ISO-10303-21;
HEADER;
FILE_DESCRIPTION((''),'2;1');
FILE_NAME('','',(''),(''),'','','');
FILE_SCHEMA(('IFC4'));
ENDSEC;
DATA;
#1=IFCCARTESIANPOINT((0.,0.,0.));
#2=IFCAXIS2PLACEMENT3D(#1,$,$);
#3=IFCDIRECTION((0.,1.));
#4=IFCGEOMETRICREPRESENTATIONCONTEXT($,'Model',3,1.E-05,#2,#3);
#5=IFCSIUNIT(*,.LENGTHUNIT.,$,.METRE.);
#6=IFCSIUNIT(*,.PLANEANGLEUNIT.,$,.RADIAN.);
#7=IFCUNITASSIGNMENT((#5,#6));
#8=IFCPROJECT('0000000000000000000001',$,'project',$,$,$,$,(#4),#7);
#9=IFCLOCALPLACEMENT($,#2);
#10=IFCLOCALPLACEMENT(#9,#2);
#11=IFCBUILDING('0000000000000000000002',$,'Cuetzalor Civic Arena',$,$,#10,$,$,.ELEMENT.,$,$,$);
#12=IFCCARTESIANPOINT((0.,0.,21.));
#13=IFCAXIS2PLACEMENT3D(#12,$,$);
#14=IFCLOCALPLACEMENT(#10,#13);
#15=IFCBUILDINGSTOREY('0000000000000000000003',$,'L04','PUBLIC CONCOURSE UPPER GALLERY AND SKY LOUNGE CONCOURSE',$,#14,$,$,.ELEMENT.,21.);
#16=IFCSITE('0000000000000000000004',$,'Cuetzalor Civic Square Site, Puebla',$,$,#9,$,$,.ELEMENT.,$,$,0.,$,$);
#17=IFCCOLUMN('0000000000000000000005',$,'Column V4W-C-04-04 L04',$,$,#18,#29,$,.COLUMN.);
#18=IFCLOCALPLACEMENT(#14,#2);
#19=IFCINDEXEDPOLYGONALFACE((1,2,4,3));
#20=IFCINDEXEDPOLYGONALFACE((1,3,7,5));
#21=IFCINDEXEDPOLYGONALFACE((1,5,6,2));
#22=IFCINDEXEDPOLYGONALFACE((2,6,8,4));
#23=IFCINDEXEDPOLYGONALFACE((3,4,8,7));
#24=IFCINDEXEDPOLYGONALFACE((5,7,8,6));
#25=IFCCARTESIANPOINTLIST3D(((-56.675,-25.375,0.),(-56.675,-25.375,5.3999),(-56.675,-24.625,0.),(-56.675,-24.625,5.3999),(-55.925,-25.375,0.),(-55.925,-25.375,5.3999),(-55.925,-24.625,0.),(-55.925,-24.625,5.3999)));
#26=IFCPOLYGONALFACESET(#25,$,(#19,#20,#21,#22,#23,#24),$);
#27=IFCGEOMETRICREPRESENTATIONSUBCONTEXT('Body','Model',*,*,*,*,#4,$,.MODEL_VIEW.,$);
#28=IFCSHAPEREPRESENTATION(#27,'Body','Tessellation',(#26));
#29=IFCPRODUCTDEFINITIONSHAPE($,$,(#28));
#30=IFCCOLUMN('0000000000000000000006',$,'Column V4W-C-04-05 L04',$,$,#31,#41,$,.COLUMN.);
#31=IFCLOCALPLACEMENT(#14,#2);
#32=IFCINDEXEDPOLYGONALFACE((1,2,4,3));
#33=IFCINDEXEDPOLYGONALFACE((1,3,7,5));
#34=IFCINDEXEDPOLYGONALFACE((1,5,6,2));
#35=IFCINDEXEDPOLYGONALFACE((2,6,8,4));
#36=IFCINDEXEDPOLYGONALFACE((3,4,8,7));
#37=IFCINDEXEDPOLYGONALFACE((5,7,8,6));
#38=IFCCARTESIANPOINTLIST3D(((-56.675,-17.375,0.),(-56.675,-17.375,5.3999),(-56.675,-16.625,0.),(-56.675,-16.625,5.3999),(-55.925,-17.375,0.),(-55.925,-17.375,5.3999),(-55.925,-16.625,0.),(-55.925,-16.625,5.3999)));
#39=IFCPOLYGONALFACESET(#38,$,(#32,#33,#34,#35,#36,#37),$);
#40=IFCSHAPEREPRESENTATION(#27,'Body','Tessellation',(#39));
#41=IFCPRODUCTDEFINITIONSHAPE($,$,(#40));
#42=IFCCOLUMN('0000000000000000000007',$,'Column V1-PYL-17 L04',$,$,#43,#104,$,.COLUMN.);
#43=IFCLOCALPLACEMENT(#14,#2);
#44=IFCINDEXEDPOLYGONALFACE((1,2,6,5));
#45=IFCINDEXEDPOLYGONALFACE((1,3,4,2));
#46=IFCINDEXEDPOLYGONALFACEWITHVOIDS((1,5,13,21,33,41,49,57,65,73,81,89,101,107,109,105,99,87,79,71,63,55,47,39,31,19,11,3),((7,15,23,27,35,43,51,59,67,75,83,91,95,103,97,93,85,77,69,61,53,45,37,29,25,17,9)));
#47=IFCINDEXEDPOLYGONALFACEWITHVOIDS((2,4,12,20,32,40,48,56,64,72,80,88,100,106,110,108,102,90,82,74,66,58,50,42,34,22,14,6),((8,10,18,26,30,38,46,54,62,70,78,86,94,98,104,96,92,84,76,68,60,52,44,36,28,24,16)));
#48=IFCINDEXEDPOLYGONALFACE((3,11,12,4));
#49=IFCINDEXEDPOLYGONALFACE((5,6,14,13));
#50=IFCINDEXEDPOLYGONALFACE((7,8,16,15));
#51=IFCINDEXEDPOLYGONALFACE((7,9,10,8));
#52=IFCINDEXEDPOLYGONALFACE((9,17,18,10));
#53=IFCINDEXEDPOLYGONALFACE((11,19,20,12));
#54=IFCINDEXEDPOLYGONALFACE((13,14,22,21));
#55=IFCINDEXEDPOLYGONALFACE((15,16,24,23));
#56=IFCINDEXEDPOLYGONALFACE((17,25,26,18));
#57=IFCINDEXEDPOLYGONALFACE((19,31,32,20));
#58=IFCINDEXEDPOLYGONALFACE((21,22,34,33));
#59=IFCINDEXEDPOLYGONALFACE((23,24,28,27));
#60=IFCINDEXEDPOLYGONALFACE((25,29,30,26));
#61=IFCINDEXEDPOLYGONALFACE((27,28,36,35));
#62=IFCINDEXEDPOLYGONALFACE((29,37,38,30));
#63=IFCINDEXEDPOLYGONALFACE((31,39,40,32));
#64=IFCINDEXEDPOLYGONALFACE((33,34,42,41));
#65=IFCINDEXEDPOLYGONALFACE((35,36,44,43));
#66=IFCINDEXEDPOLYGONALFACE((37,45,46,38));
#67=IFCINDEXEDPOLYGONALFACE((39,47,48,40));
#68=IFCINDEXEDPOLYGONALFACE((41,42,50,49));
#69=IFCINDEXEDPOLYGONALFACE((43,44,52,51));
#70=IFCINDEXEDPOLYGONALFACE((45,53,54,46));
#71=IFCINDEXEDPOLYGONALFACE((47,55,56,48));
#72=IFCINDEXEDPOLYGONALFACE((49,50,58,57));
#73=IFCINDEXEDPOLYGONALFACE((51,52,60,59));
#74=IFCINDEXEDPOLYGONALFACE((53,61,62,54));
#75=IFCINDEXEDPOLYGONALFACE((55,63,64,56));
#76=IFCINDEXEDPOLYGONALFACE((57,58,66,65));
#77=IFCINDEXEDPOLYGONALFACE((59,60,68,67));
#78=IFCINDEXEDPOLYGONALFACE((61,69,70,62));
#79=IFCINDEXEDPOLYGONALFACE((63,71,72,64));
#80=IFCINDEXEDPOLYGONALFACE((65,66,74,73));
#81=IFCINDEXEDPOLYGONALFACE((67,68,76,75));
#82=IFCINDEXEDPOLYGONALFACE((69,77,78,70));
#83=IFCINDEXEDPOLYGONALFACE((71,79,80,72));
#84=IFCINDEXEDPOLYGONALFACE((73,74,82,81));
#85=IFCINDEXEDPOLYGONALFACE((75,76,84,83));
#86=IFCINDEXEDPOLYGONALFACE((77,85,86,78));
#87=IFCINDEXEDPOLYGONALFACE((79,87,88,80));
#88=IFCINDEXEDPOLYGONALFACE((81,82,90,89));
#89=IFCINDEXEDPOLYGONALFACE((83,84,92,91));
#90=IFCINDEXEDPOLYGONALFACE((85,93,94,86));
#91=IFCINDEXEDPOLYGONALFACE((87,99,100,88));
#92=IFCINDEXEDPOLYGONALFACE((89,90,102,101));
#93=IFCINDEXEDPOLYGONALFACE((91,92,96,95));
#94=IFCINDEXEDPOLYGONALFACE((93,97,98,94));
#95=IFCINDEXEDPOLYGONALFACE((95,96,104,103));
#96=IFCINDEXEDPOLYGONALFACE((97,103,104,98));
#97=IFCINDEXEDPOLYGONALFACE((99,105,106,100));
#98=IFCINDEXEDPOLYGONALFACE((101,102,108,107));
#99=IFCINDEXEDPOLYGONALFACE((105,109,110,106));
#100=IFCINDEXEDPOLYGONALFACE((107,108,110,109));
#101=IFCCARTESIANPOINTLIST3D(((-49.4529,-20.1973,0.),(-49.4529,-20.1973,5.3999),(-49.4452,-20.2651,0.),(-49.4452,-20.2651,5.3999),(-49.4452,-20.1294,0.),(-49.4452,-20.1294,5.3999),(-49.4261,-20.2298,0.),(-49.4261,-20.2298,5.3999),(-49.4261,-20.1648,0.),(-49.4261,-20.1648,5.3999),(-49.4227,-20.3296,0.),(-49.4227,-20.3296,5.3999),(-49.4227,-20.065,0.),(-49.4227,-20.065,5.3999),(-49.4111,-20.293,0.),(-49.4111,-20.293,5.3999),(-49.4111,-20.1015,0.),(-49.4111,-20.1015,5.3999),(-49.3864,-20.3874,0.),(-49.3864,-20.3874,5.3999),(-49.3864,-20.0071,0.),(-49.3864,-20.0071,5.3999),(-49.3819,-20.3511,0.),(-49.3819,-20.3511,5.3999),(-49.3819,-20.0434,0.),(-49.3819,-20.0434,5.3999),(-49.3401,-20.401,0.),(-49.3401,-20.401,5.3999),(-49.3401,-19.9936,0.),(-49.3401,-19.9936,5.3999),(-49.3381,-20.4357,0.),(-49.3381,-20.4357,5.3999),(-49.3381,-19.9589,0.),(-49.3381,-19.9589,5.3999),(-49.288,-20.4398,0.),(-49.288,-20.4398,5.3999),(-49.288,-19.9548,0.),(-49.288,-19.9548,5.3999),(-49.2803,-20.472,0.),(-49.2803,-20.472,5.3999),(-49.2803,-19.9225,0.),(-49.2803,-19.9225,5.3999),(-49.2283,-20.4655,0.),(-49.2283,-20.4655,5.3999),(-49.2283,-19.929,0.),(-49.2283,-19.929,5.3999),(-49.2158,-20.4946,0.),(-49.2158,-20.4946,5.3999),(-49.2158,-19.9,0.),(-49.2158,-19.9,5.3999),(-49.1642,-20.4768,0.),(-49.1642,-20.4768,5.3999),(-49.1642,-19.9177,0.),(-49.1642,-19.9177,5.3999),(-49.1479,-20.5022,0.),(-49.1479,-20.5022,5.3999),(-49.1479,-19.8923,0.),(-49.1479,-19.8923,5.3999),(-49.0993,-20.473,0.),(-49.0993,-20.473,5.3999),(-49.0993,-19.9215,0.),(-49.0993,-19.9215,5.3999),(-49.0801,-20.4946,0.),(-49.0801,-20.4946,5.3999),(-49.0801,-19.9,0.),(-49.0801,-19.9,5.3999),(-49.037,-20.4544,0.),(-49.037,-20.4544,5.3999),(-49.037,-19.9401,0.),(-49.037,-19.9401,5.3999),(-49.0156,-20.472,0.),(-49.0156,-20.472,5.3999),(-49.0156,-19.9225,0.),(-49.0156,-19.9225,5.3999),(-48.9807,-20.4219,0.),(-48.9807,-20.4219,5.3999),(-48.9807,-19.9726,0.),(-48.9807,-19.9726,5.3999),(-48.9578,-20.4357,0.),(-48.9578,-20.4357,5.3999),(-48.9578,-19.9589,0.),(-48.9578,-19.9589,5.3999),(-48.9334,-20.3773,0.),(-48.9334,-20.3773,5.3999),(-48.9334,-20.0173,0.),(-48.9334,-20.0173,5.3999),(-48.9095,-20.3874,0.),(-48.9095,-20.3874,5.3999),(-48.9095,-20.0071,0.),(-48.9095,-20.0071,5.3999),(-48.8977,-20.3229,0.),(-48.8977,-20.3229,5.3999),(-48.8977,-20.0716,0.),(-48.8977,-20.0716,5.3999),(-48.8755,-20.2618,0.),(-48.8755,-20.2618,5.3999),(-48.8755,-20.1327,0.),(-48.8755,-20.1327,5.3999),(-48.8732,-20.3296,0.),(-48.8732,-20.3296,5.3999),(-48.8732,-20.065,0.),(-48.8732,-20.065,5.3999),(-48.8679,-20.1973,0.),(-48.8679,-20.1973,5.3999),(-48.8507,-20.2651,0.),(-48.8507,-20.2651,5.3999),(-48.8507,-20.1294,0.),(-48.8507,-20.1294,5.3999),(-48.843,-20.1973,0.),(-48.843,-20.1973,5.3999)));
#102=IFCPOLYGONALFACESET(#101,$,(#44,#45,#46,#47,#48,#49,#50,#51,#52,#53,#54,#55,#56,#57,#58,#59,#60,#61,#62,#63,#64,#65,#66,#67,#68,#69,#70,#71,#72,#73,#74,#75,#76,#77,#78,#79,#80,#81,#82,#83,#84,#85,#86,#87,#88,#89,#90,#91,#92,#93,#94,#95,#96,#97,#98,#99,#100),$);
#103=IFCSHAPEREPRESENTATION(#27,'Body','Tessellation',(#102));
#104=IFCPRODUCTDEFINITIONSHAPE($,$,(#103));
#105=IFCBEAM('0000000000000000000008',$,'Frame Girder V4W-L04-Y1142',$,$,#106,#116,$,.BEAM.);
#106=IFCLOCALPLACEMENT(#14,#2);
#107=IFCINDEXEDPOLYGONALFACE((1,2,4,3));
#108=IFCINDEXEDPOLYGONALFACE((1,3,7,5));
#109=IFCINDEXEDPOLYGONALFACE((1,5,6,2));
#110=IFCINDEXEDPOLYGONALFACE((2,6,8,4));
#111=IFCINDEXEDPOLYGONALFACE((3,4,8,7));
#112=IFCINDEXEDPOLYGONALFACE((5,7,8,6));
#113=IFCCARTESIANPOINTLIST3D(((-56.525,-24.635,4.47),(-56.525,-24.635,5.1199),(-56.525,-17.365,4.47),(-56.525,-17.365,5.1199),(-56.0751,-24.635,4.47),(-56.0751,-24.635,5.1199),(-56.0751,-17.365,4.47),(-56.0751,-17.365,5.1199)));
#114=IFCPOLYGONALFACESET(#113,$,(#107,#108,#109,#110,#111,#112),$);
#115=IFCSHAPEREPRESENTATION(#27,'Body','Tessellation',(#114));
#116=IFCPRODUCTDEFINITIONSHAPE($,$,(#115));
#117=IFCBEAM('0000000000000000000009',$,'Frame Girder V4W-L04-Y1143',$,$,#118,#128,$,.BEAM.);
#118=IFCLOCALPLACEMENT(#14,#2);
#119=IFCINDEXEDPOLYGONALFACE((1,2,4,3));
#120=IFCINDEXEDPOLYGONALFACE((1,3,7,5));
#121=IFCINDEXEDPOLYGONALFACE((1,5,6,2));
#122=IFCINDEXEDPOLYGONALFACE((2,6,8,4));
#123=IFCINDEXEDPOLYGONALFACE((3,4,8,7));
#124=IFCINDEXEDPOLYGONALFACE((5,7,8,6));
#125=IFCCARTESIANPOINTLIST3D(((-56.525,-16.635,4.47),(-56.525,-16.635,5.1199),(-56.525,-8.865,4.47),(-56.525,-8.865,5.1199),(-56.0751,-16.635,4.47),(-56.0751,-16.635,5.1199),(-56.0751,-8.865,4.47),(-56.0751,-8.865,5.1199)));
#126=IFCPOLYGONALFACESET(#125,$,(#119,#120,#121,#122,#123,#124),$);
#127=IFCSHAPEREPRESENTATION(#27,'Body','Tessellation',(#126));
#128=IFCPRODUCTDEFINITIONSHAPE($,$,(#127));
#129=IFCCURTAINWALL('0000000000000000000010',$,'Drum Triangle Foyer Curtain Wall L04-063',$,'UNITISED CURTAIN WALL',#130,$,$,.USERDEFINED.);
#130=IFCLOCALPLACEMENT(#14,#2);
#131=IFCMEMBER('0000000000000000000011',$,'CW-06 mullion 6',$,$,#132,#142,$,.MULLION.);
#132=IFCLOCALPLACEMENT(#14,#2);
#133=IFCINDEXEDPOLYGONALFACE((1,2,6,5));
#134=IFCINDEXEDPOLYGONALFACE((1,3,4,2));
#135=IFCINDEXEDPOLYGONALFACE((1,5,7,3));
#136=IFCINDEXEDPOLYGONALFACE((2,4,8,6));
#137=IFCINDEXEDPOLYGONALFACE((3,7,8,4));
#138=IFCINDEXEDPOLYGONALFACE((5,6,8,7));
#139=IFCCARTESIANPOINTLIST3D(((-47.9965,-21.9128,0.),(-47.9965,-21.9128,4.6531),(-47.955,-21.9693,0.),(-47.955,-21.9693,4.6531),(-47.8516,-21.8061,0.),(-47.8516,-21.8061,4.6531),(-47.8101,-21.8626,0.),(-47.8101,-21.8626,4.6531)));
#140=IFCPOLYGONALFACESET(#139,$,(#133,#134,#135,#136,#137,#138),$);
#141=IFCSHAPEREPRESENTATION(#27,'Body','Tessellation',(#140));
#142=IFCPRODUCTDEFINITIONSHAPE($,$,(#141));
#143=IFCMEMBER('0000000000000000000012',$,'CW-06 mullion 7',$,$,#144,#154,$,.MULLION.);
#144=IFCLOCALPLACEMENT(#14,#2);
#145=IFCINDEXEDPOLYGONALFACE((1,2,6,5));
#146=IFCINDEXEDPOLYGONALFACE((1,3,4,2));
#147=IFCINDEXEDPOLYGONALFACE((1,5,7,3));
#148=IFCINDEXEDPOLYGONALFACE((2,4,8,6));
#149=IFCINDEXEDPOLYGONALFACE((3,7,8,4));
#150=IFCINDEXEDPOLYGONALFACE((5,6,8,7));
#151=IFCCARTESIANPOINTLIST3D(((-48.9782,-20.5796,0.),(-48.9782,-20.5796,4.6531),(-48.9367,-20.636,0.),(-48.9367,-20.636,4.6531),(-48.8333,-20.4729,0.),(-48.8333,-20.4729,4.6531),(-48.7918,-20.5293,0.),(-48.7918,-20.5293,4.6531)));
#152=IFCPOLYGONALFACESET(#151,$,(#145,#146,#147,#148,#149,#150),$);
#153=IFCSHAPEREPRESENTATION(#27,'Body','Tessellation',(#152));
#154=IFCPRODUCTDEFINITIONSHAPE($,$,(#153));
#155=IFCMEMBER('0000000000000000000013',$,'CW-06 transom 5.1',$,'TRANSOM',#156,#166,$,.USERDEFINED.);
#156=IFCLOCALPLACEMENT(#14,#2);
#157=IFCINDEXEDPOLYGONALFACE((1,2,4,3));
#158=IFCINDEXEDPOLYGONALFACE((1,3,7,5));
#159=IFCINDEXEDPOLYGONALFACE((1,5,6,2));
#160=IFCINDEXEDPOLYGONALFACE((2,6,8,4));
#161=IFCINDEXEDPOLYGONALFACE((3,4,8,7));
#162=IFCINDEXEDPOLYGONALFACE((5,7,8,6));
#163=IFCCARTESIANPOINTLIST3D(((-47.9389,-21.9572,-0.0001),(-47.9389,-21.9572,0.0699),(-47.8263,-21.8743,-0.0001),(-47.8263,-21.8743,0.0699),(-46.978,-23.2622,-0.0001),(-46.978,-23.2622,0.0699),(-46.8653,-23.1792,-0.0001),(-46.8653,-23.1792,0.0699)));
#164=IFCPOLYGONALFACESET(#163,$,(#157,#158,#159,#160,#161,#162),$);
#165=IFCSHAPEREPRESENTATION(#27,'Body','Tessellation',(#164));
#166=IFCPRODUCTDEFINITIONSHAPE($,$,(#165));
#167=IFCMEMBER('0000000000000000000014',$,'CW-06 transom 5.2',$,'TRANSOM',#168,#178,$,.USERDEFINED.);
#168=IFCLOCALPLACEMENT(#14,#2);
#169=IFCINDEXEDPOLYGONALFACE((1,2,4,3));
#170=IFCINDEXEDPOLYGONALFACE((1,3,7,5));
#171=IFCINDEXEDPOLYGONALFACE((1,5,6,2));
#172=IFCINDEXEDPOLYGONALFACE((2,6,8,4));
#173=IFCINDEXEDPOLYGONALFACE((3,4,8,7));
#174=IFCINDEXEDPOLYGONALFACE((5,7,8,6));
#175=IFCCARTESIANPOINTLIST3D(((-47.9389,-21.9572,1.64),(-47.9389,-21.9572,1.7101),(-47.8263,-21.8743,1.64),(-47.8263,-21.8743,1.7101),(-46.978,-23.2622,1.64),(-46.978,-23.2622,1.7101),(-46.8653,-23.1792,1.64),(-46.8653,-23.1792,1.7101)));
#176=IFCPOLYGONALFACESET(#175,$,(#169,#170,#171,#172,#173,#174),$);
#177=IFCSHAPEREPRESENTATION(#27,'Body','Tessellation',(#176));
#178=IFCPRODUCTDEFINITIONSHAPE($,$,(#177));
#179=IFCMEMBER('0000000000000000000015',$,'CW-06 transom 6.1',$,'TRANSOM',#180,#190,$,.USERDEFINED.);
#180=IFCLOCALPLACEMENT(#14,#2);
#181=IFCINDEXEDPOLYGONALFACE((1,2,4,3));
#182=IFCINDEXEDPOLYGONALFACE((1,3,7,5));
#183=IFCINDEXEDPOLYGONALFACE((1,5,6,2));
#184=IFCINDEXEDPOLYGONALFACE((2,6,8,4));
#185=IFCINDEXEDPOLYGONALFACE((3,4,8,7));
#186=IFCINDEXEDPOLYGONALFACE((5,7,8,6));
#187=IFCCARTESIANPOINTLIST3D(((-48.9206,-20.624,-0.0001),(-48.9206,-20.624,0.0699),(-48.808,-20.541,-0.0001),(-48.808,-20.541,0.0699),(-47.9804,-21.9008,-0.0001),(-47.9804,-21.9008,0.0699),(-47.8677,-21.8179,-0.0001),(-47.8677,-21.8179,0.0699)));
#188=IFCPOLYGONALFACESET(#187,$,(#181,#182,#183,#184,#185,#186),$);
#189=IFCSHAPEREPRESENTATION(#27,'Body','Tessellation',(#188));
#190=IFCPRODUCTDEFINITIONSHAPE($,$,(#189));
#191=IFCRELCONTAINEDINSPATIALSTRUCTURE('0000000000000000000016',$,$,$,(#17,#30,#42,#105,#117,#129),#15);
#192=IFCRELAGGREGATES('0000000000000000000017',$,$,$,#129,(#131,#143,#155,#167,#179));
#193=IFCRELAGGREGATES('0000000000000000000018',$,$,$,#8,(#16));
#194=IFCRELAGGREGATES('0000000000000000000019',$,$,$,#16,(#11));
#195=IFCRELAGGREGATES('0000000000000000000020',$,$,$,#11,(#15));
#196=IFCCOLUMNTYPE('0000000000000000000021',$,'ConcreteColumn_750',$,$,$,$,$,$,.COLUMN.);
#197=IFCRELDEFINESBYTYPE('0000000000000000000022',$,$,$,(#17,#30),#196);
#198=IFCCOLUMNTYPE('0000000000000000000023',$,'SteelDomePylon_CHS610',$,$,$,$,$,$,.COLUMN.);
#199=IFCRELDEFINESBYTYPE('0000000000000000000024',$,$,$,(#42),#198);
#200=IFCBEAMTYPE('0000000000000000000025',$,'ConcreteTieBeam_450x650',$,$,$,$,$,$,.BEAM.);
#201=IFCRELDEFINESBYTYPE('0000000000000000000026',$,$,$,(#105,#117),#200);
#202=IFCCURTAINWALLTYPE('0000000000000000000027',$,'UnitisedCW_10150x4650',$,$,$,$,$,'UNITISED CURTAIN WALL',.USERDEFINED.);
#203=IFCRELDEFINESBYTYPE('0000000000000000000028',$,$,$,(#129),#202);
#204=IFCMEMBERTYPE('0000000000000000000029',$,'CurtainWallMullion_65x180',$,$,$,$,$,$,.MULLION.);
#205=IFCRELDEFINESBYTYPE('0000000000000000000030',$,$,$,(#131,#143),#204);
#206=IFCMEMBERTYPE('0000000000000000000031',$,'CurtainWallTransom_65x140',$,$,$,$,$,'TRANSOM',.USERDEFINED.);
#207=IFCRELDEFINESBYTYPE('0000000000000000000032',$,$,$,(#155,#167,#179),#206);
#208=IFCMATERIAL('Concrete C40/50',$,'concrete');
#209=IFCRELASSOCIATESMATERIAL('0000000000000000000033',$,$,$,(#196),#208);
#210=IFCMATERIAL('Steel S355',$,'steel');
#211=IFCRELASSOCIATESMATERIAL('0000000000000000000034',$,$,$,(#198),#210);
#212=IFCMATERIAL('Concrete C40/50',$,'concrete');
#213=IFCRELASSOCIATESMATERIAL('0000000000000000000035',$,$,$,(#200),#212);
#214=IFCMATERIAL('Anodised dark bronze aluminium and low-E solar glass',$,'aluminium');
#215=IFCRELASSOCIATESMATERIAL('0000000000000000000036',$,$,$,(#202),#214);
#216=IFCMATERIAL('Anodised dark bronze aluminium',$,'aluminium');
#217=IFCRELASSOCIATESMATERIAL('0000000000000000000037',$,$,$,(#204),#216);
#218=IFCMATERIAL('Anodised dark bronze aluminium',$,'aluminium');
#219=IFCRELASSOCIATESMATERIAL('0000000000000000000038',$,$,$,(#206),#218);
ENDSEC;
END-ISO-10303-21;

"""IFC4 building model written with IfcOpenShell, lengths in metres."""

from ifc_helpers import new_model, si_unit, direction, frame, origin, origin_2d, place, context, subcontext, project, spatial, rectangle, hollow_circle, extrude, material, material_profile, profile_set, type_object, element, aggregate, save


model = new_model("IFC4")

# Units and contexts
model_context = context("Model", 3, precision=1e-05, world=origin(), true_north=direction((0.0, 1.0)))
body_context = subcontext(model_context, "Body", "Model", "MODEL_VIEW")
ifc_project = project(units=[si_unit("LENGTHUNIT", "METRE"), si_unit("PLANEANGLEUNIT", "RADIAN")], contexts=[model_context])

# Site, building, storey
site_placement = place(None, origin())
site = spatial("IfcSite", under=ifc_project, at=site_placement, Name="Cuetzalor Civic Square Site, Puebla", CompositionType="ELEMENT", RefElevation=0.0)
building_placement = place(site_placement, origin())
building = spatial("IfcBuilding", under=site, at=building_placement, Name="Cuetzalor Civic Arena", CompositionType="ELEMENT")
storey_placement = place(building_placement, frame((0.0, 0.0, 21.0)))
storey = spatial("IfcBuildingStorey", under=building, at=storey_placement, Name="L04", Description="PUBLIC CONCOURSE UPPER GALLERY AND SKY LOUNGE CONCOURSE", CompositionType="ELEMENT", Elevation=21.0)

# Columns
ifc_material_1 = material(Name="Concrete C40/50", Category="concrete")
ifc_material_profile_1 = material_profile(ifc_material_1, rectangle(XDim=0.75, YDim=0.75, at=origin_2d()), Name="RC 750x750")
ifc_profile_set_1 = profile_set([ifc_material_profile_1], Name="Concrete C40/50")
column_type_1 = type_object("IfcColumnType", Name="ConcreteColumn_750", PredefinedType="COLUMN", material=ifc_profile_set_1)
for number, where, z_axis, x_axis, name in (
    (1, (-56.3, -25.0, 0.0), (0.0, 0.0, 1.0), (1.0, 0.0, 0.0), "Column V4W-C-04-04 L04"),
    (2, (-56.3, -17.0, 0.0), (0.0, 0.0, 1.0), (1.0, 0.0, 0.0), "Column V4W-C-04-05 L04"),
):
    element("IfcColumn", number, at=place(storey_placement, frame(where, z_axis=z_axis, x_axis=x_axis)), inside=storey, type_object=column_type_1, Name=name, PredefinedType="COLUMN", context=body_context, shape_type="SweptSolid", body=[
        extrude(rectangle(XDim=0.75, YDim=0.75, at=origin_2d()), origin(), (0.0, 0.0, 1.0), 5.3999),
    ])
ifc_material_2 = material(Name="Steel S355", Category="steel")
ifc_material_profile_2 = material_profile(ifc_material_2, hollow_circle(Radius=0.3049, WallThickness=0.0249, at=origin_2d()), Name="CHS 610x25")
ifc_profile_set_2 = profile_set([ifc_material_profile_2], Name="Steel S355")
column_type_2 = type_object("IfcColumnType", Name="SteelDomePylon_CHS610", PredefinedType="COLUMN", material=ifc_profile_set_2)
column_placement = place(storey_placement, frame((-49.1479, -20.1973, 0.0), z_axis=(0.0, 0.0, 1.0), x_axis=(1.0, 0.0, 0.0)))
element("IfcColumn", 3, at=column_placement, inside=storey, type_object=column_type_2, Name="Column V1-PYL-17 L04", PredefinedType="COLUMN", context=body_context, shape_type="SweptSolid", body=[
    extrude(hollow_circle(Radius=0.3049, WallThickness=0.0249, at=origin_2d()), origin(), (0.0, 0.0, 1.0), 5.3999),
])

# Beams
ifc_material_3 = material(Name="Concrete C40/50", Category="concrete")
ifc_material_profile_3 = material_profile(ifc_material_3, rectangle(XDim=0.45, YDim=0.6499, at=origin_2d()), Name="RC 450x650")
ifc_profile_set_3 = profile_set([ifc_material_profile_3], Name="Concrete C40/50")
beam_type_1 = type_object("IfcBeamType", Name="ConcreteTieBeam_450x650", PredefinedType="BEAM", material=ifc_profile_set_3)
beam_1_placement = place(storey_placement, frame((-56.3, -24.635, 4.7949), z_axis=(0.0, 1.0, 0.0), x_axis=(-1.0, 0.0, 0.0)))
element("IfcBeam", 4, at=beam_1_placement, inside=storey, type_object=beam_type_1, Name="Frame Girder V4W-L04-Y1142", PredefinedType="BEAM", context=body_context, shape_type="SweptSolid", body=[
    extrude(rectangle(XDim=0.45, YDim=0.6499, at=origin_2d()), origin(), (0.0, 0.0, 1.0), 7.27),
])
beam_2_placement = place(storey_placement, frame((-56.3, -16.635, 4.7949), z_axis=(0.0, 1.0, 0.0), x_axis=(-1.0, 0.0, 0.0)))
element("IfcBeam", 5, at=beam_2_placement, inside=storey, type_object=beam_type_1, Name="Frame Girder V4W-L04-Y1143", PredefinedType="BEAM", context=body_context, shape_type="SweptSolid", body=[
    extrude(rectangle(XDim=0.45, YDim=0.6499, at=origin_2d()), origin(), (0.0, 0.0, 1.0), 7.77),
])

# Curtain wall, members
ifc_material_4 = material(Name="Anodised dark bronze aluminium and low-E solar glass", Category="aluminium")
curtain_wall_type = type_object("IfcCurtainWallType", Name="UnitisedCW_10150x4650", ElementType="UNITISED CURTAIN WALL", PredefinedType="USERDEFINED", material=ifc_material_4)
curtain_wall_placement = place(storey_placement, origin())
curtain_wall = element("IfcCurtainWall", 6, at=curtain_wall_placement, inside=storey, type_object=curtain_wall_type, Name="Drum Triangle Foyer Curtain Wall L04-063", ObjectType="UNITISED CURTAIN WALL", PredefinedType="USERDEFINED")
ifc_material_5 = material(Name="Anodised dark bronze aluminium", Category="aluminium")
ifc_material_profile_4 = material_profile(ifc_material_5, rectangle(XDim=0.0701, YDim=0.1799, at=origin_2d()), Name="ALU MULLION 70x180")
ifc_profile_set_4 = profile_set([ifc_material_profile_4], Name="Anodised dark bronze aluminium")
member_type_1 = type_object("IfcMemberType", Name="CurtainWallMullion_65x180", PredefinedType="MULLION", material=ifc_profile_set_4)
member_1_placement = place(storey_placement, frame((-47.9033, -21.8877, 0.0), z_axis=(0.0, 0.0, 1.0), x_axis=(-0.592929, 0.805255, 0.0)))
member_1 = element("IfcMember", 7, at=member_1_placement, type_object=member_type_1, Name="CW-06 mullion 6", PredefinedType="MULLION", context=body_context, shape_type="SweptSolid", body=[
    extrude(rectangle(XDim=0.0701, YDim=0.1799, at=origin_2d()), origin(), (0.0, 0.0, 1.0), 4.6531),
])
member_2_placement = place(storey_placement, frame((-48.885, -20.5544, 0.0), z_axis=(0.0, 0.0, 1.0), x_axis=(-0.592929, 0.805255, 0.0)))
member_2 = element("IfcMember", 8, at=member_2_placement, type_object=member_type_1, Name="CW-06 mullion 7", PredefinedType="MULLION", context=body_context, shape_type="SweptSolid", body=[
    extrude(rectangle(XDim=0.0701, YDim=0.1799, at=origin_2d()), origin(), (0.0, 0.0, 1.0), 4.6531),
])
ifc_material_6 = material(Name="Anodised dark bronze aluminium", Category="aluminium")
ifc_material_profile_5 = material_profile(ifc_material_6, rectangle(XDim=0.1399, YDim=0.0701, at=origin_2d()), Name="ALU TRANSOM 70x140")
ifc_profile_set_5 = profile_set([ifc_material_profile_5], Name="Anodised dark bronze aluminium")
member_type_2 = type_object("IfcMemberType", Name="CurtainWallTransom_65x140", ElementType="TRANSOM", PredefinedType="USERDEFINED", material=ifc_profile_set_5)
member_3_placement = place(storey_placement, frame((-46.9216, -23.2207, 0.0349), z_axis=(-0.592963, 0.80523, 0.0), x_axis=(-0.80523, -0.592963, 0.0)))
member_3 = element("IfcMember", 9, at=member_3_placement, type_object=member_type_2, Name="CW-06 transom 5.1", ObjectType="TRANSOM", PredefinedType="USERDEFINED", context=body_context, shape_type="SweptSolid", body=[
    extrude(rectangle(XDim=0.1399, YDim=0.0701, at=origin_2d()), origin(), (0.0, 0.0, 1.0), 1.6206),
])
member_4_placement = place(storey_placement, frame((-46.9216, -23.2207, 1.675), z_axis=(-0.592963, 0.80523, 0.0), x_axis=(-0.80523, -0.592963, 0.0)))
member_4 = element("IfcMember", 10, at=member_4_placement, type_object=member_type_2, Name="CW-06 transom 5.2", ObjectType="TRANSOM", PredefinedType="USERDEFINED", context=body_context, shape_type="SweptSolid", body=[
    extrude(rectangle(XDim=0.1399, YDim=0.0701, at=origin_2d()), origin(), (0.0, 0.0, 1.0), 1.6206),
])
member_5_placement = place(storey_placement, frame((-47.9241, -21.8594, 0.0349), z_axis=(-0.592931, 0.805253, 0.0), x_axis=(-0.805253, -0.592931, 0.0)))
member_5 = element("IfcMember", 11, at=member_5_placement, type_object=member_type_2, Name="CW-06 transom 6.1", ObjectType="TRANSOM", PredefinedType="USERDEFINED", context=body_context, shape_type="SweptSolid", body=[
    extrude(rectangle(XDim=0.1399, YDim=0.0701, at=origin_2d()), origin(), (0.0, 0.0, 1.0), 1.5857),
])

aggregate(curtain_wall, [member_1, member_2, member_3, member_4, member_5])

save(model, "model.ifc")
